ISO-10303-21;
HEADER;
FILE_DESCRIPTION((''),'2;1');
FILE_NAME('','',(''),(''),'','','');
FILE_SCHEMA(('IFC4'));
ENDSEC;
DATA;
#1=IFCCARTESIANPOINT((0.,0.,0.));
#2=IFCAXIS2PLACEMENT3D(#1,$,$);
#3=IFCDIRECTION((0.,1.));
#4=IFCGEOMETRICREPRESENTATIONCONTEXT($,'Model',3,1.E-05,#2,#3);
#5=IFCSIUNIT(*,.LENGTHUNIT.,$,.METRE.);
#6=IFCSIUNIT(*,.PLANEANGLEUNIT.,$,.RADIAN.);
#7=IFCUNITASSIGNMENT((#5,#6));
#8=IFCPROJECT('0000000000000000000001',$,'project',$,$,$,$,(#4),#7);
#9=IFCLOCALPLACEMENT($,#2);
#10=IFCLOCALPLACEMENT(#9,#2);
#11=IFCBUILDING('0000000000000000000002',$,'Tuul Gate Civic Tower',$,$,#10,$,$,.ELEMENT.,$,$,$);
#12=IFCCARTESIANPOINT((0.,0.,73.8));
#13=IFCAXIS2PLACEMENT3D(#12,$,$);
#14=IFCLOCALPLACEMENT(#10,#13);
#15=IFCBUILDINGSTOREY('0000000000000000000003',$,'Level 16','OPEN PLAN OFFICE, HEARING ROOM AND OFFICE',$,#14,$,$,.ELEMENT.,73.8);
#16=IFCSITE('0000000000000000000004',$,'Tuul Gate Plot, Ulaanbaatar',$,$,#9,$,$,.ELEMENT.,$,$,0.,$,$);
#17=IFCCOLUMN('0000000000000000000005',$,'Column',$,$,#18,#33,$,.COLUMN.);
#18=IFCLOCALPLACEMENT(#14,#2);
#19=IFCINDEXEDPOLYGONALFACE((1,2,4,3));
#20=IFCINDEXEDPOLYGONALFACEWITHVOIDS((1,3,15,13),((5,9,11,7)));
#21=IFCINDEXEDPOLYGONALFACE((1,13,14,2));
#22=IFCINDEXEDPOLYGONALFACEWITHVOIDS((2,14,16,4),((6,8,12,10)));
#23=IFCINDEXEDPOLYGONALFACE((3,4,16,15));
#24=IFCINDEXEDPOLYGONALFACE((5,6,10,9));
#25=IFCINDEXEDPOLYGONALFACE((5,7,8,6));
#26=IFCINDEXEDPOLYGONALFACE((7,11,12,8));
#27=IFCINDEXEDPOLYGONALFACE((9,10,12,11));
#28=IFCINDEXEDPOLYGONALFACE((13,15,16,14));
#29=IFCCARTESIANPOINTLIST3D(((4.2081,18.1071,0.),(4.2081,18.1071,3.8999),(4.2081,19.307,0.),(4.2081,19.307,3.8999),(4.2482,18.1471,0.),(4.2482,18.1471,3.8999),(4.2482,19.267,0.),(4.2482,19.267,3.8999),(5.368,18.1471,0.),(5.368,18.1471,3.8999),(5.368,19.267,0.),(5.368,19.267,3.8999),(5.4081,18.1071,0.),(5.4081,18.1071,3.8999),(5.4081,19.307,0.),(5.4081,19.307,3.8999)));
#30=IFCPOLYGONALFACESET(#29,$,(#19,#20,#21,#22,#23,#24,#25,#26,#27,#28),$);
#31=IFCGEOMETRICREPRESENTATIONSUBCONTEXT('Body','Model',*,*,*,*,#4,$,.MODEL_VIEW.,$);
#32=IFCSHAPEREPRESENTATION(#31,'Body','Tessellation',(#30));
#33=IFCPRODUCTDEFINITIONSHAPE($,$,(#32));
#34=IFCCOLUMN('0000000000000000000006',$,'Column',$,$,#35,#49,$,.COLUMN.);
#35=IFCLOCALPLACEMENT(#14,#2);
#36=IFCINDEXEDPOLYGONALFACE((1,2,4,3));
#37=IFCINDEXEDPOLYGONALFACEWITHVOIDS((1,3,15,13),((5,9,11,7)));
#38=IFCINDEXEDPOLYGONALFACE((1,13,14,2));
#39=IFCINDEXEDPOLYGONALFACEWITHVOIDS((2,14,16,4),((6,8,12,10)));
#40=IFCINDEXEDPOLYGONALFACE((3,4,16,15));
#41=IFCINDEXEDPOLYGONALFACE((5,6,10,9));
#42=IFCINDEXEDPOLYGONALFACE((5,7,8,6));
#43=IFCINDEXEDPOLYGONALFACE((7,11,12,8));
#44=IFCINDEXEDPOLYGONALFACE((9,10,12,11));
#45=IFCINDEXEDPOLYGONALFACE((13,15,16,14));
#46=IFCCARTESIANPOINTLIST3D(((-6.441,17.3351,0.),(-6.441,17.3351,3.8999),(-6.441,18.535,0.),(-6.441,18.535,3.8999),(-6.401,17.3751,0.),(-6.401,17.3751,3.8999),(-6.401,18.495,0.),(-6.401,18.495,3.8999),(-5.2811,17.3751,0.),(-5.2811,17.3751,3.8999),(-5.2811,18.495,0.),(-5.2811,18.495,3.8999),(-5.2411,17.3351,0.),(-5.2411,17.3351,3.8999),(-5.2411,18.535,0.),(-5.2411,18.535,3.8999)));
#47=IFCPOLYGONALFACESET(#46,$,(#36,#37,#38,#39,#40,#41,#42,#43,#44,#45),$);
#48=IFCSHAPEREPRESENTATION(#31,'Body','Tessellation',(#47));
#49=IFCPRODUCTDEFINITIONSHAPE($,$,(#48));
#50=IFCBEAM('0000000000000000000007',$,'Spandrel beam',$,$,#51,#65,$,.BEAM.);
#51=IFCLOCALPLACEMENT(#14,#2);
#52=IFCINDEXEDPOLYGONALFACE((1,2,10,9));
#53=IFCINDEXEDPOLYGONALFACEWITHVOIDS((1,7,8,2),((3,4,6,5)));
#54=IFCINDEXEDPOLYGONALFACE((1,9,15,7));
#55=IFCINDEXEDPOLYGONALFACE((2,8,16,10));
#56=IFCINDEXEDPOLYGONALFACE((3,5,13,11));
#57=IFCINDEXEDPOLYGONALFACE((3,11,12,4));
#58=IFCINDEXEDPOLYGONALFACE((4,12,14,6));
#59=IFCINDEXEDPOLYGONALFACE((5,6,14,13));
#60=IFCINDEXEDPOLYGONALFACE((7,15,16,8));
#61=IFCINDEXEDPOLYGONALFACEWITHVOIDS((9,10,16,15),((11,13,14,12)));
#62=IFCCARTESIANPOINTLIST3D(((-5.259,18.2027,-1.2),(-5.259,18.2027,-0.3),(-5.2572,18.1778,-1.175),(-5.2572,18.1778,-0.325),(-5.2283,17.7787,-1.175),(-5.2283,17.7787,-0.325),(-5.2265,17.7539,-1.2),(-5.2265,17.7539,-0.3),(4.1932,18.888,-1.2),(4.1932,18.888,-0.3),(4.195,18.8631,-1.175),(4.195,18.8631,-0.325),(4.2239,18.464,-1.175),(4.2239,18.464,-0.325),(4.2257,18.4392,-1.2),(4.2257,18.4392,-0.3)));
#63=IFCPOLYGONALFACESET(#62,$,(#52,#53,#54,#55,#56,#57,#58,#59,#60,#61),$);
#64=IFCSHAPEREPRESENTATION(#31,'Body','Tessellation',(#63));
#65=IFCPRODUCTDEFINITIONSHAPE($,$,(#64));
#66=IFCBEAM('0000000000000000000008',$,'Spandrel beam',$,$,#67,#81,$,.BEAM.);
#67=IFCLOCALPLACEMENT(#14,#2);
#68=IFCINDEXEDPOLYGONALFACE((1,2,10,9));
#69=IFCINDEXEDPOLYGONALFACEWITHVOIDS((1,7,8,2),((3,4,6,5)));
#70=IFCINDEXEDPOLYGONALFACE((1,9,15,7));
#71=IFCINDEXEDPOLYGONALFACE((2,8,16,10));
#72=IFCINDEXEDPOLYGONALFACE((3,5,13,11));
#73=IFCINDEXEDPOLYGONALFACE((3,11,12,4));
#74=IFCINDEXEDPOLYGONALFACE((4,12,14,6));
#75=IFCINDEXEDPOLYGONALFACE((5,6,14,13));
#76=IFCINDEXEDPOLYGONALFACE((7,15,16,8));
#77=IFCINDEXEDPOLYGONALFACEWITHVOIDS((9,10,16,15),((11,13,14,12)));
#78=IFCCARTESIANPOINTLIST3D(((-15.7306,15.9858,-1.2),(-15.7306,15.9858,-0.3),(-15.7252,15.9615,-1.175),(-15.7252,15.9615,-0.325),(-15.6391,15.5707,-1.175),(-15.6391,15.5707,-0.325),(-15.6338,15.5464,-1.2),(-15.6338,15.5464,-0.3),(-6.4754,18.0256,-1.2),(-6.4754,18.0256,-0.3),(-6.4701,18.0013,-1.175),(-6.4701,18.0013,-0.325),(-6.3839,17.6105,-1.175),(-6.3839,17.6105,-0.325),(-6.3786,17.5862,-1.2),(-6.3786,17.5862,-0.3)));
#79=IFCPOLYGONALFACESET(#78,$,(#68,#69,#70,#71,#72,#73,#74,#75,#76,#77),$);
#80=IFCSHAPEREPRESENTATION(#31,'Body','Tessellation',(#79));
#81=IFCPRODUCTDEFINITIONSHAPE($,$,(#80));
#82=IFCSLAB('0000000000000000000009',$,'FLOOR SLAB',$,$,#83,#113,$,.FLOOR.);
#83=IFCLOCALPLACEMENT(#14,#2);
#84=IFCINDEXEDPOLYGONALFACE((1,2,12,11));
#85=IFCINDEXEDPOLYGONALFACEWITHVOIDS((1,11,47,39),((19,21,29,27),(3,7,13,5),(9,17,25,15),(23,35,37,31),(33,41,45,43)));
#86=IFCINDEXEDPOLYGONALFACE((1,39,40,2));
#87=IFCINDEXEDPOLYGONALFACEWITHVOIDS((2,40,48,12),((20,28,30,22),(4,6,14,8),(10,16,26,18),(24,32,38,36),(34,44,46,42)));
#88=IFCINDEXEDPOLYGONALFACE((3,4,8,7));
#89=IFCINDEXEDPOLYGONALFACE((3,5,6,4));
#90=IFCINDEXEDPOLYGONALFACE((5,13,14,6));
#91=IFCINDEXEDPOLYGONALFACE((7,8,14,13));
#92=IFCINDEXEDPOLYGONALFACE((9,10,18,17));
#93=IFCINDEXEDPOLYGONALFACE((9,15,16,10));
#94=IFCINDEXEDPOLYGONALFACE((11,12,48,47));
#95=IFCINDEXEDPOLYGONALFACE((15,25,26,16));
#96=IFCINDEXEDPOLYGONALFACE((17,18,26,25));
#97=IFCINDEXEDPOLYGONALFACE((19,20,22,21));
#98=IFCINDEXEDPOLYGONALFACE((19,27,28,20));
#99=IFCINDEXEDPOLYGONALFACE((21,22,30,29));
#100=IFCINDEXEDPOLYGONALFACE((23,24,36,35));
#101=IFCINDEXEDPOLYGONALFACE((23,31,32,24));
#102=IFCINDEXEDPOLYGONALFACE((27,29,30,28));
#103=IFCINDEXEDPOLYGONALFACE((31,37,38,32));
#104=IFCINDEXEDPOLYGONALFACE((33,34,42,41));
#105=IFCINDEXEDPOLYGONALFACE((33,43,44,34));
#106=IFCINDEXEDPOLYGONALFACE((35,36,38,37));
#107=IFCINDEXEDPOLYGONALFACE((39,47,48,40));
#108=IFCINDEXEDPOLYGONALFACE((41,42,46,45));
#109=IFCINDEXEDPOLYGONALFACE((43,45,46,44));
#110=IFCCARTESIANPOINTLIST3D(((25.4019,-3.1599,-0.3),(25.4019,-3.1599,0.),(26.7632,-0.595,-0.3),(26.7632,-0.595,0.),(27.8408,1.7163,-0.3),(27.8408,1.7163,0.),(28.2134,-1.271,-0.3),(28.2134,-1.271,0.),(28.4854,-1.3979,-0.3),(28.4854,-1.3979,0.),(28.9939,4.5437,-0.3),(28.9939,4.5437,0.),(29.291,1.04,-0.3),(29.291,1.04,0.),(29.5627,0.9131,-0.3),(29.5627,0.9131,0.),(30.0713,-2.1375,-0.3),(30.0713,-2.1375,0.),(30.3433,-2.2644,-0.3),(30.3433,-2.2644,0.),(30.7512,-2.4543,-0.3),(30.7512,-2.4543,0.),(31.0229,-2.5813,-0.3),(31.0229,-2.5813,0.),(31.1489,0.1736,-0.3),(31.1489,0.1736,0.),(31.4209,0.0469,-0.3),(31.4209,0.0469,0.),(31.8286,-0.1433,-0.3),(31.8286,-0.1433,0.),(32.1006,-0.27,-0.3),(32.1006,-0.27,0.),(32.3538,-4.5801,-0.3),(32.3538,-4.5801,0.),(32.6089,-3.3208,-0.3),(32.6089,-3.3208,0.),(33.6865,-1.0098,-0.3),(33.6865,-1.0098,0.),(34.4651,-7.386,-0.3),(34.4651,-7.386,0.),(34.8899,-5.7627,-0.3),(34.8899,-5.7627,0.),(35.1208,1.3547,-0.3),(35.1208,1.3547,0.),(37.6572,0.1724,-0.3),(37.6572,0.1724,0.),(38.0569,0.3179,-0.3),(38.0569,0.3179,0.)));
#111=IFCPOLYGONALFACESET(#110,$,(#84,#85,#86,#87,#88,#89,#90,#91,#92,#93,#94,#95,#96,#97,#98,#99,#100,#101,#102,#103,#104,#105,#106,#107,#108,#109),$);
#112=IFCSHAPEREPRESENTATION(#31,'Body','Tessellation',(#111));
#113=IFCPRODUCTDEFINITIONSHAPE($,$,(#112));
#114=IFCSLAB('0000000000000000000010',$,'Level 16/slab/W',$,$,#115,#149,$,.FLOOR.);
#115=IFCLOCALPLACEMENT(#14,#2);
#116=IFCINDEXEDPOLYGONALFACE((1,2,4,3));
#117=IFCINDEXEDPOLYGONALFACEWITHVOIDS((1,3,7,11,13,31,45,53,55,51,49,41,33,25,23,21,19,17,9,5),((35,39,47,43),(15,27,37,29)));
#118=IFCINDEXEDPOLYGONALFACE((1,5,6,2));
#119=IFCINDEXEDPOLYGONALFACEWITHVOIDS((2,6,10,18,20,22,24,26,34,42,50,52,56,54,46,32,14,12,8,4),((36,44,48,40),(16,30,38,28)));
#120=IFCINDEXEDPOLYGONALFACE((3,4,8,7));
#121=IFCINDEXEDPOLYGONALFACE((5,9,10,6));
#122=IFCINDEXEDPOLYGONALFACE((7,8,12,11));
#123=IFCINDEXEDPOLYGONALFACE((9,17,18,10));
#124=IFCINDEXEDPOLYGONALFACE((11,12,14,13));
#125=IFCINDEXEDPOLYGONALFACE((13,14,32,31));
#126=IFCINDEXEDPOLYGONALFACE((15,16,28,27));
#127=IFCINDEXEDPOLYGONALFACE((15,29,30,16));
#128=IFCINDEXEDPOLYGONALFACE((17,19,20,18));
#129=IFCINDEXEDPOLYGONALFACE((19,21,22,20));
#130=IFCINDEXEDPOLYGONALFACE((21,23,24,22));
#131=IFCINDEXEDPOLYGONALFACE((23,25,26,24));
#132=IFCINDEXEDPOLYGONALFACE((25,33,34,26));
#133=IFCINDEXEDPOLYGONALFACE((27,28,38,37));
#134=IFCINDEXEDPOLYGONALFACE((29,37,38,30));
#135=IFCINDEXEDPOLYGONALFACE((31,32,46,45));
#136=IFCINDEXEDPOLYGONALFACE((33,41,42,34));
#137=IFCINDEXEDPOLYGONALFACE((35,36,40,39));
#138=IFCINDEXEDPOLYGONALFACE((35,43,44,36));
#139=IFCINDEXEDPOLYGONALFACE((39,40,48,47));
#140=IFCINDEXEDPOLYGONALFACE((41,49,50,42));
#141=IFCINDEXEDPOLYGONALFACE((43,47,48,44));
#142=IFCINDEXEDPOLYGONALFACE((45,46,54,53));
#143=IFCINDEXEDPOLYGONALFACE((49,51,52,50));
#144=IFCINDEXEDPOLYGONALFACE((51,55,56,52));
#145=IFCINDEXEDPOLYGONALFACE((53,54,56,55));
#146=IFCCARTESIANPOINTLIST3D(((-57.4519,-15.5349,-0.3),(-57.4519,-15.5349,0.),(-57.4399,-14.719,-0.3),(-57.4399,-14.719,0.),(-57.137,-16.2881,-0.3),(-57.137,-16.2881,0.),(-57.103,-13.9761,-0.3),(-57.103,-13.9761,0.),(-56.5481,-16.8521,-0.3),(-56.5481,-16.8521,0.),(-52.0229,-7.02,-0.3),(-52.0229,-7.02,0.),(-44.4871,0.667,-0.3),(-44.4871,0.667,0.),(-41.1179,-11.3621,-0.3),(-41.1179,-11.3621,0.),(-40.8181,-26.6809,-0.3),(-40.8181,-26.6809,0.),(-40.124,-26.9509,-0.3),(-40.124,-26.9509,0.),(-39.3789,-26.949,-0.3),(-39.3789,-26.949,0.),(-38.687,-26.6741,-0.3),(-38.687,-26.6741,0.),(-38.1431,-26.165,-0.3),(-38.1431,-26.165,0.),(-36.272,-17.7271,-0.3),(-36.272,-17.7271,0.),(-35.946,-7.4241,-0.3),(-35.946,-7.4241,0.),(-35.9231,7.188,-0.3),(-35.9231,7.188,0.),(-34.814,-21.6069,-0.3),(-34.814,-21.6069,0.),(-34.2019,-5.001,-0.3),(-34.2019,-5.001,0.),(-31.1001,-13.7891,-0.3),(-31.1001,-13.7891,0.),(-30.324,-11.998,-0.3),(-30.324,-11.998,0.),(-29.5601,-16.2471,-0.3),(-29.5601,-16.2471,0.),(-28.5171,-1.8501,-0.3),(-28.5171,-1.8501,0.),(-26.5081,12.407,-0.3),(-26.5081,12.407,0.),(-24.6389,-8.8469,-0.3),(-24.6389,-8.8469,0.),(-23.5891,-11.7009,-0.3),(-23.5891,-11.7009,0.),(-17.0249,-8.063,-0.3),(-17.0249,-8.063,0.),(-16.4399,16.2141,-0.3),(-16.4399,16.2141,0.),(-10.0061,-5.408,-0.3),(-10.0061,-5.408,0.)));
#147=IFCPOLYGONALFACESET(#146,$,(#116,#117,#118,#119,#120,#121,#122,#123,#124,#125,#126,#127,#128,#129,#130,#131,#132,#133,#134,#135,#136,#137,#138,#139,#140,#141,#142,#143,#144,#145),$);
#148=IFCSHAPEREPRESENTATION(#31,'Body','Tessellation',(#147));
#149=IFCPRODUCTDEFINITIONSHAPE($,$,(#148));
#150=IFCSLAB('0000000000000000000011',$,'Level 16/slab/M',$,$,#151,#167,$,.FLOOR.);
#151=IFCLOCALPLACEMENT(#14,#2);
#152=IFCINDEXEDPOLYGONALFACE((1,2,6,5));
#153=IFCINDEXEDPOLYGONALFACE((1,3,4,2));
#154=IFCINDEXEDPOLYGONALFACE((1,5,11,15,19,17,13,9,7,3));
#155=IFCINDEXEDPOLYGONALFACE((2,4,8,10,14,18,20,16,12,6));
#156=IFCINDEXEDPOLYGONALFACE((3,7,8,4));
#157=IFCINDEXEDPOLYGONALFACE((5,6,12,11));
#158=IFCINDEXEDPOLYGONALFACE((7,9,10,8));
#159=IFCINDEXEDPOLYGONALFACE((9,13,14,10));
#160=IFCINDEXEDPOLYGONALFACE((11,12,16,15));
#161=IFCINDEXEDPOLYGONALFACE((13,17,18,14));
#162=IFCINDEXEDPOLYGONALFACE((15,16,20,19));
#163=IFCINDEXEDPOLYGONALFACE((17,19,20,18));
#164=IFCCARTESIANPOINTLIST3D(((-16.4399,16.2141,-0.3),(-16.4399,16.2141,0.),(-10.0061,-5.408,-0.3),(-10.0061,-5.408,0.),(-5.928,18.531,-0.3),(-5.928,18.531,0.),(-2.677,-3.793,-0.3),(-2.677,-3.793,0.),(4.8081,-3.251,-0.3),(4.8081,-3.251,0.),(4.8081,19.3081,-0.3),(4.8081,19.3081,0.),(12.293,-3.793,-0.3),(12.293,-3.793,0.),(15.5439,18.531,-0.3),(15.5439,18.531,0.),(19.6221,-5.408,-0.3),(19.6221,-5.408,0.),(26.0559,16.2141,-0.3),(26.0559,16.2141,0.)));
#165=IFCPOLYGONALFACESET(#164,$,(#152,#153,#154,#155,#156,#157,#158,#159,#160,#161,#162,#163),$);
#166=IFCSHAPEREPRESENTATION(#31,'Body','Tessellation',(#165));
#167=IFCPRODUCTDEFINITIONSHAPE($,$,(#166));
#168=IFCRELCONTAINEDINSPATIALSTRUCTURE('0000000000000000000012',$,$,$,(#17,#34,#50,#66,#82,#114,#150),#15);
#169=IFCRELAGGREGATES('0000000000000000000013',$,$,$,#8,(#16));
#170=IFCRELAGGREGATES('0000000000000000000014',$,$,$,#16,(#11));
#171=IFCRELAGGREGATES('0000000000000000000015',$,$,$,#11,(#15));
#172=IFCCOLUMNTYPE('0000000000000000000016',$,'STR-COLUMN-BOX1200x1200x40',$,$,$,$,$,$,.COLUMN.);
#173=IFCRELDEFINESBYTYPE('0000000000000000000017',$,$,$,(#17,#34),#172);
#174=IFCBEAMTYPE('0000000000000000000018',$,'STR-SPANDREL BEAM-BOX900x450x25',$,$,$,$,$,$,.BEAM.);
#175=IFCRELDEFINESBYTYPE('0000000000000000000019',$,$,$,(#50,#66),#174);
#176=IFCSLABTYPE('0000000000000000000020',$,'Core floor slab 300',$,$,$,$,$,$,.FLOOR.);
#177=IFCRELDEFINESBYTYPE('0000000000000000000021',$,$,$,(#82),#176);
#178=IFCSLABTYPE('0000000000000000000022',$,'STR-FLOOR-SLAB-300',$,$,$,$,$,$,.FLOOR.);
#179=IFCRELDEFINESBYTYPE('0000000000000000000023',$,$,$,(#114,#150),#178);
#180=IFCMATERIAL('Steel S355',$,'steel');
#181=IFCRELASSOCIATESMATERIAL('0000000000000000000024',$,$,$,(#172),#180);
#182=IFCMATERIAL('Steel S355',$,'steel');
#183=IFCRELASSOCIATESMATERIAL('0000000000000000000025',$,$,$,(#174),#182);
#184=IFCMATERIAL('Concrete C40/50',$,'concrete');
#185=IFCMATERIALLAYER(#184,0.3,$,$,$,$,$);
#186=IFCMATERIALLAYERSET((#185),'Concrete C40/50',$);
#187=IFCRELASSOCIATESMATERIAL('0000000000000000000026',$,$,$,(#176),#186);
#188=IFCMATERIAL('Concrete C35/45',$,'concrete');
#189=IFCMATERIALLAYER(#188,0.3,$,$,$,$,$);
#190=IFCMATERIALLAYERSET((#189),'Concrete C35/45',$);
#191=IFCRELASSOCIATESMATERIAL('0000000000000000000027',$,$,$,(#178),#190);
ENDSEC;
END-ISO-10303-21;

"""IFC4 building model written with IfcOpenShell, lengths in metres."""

from ifc_helpers import new_model, si_unit, direction, frame, origin, origin_2d, place, context, subcontext, project, spatial, polyline, hollow_rectangle, outline, extrude, material, layer, layer_set, material_profile, profile_set, type_object, element, save


model = new_model("IFC4")

# Units and contexts
model_context = context("Model", 3, precision=1e-05, world=origin(), true_north=direction((0.0, 1.0)))
body_context = subcontext(model_context, "Body", "Model", "MODEL_VIEW")
ifc_project = project(units=[si_unit("LENGTHUNIT", "METRE"), si_unit("PLANEANGLEUNIT", "RADIAN")], contexts=[model_context])

# Site, building, storey
site_placement = place(None, origin())
site = spatial("IfcSite", under=ifc_project, at=site_placement, Name="Tuul Gate Plot, Ulaanbaatar", CompositionType="ELEMENT", RefElevation=0.0)
building_placement = place(site_placement, origin())
building = spatial("IfcBuilding", under=site, at=building_placement, Name="Tuul Gate Civic Tower", CompositionType="ELEMENT")
storey_placement = place(building_placement, frame((0.0, 0.0, 73.8)))
storey = spatial("IfcBuildingStorey", under=building, at=storey_placement, Name="Level 16", Description="OPEN PLAN OFFICE, HEARING ROOM AND OFFICE", CompositionType="ELEMENT", Elevation=73.8)

# Columns
ifc_material_1 = material(Name="Steel S355", Category="steel")
ifc_material_profile_1 = material_profile(ifc_material_1, hollow_rectangle(XDim=1.2, YDim=1.2, WallThickness=0.04, at=origin_2d()), Name="BOX1200x1200x40")
ifc_profile_set_1 = profile_set([ifc_material_profile_1], Name="Steel S355")
column_type = type_object("IfcColumnType", Name="STR-COLUMN-BOX1200x1200x40", PredefinedType="COLUMN", material=ifc_profile_set_1)
for number, where, z_axis, x_axis, name in (
    (1, (4.8081, 18.707, 0.0), (0.0, 0.0, 1.0), (1.0, 0.0, 0.0), "Column"),
    (2, (-5.8411, 17.9351, 0.0), (0.0, 0.0, 1.0), (1.0, 0.0, 0.0), "Column"),
):
    element("IfcColumn", number, at=place(storey_placement, frame(where, z_axis=z_axis, x_axis=x_axis)), inside=storey, type_object=column_type, Name=name, PredefinedType="COLUMN", context=body_context, shape_type="SweptSolid", body=[
        extrude(hollow_rectangle(XDim=1.2, YDim=1.2, WallThickness=0.04, at=origin_2d()), origin(), (0.0, 0.0, 1.0), 3.8999),
    ])

# Beams
ifc_material_2 = material(Name="Steel S355", Category="steel")
ifc_material_profile_2 = material_profile(ifc_material_2, hollow_rectangle(XDim=0.45, YDim=0.8999, WallThickness=0.0249, at=origin_2d()), Name="BOX900x450x25")
ifc_profile_set_2 = profile_set([ifc_material_profile_2], Name="Steel S355")
beam_type = type_object("IfcBeamType", Name="STR-SPANDREL BEAM-BOX900x450x25", PredefinedType="BEAM", material=ifc_profile_set_2)
beam_1_placement = place(storey_placement, frame((4.2095, 18.6636, -0.75), z_axis=(-0.997382, -0.072313, 0.0), x_axis=(0.072313, -0.997382, 0.0)))
element("IfcBeam", 3, at=beam_1_placement, inside=storey, type_object=beam_type, Name="Spandrel beam", PredefinedType="BEAM", context=body_context, shape_type="SweptSolid", body=[
    extrude(hollow_rectangle(XDim=0.45, YDim=0.8999, WallThickness=0.0249, at=origin_2d()), origin(), (0.0, 0.0, 1.0), 9.4771),
])
beam_2_placement = place(storey_placement, frame((-6.427, 17.8059, -0.75), z_axis=(-0.976563, -0.215231, 0.0), x_axis=(0.215231, -0.976563, 0.0)))
element("IfcBeam", 4, at=beam_2_placement, inside=storey, type_object=beam_type, Name="Spandrel beam", PredefinedType="BEAM", context=body_context, shape_type="SweptSolid", body=[
    extrude(hollow_rectangle(XDim=0.45, YDim=0.8999, WallThickness=0.0249, at=origin_2d()), origin(), (0.0, 0.0, 1.0), 9.4773),
])

# Slabs
ifc_material_3 = material(Name="Concrete C40/50", Category="concrete")
ifc_layer_1 = layer(ifc_material_3, 0.3)
ifc_layer_set_1 = layer_set([ifc_layer_1], Name="Concrete C40/50")
slab_type_1 = type_object("IfcSlabType", Name="Core floor slab 300", PredefinedType="FLOOR", material=ifc_layer_set_1)
slab_1_placement = place(storey_placement, frame((0.0, 0.0, -0.3)))
element("IfcSlab", 5, at=slab_1_placement, inside=storey, type_object=slab_type_1, Name="FLOOR SLAB", PredefinedType="FLOOR", context=body_context, shape_type="SweptSolid", body=[
    extrude(outline(polyline([(34.4651, -7.386), (38.0569, 0.3179), (28.9939, 4.5437), (25.4019, -3.1599), (34.4651, -7.386)]), holes=[polyline([(32.6089, -3.3208), (33.6865, -1.0098), (32.1006, -0.27), (31.0229, -2.5813), (32.6089, -3.3208)]), polyline([(30.0713, -2.1375), (31.1489, 0.1736), (29.5627, 0.9131), (28.4854, -1.3979), (30.0713, -2.1375)]), polyline([(30.7512, -2.4543), (31.8286, -0.1433), (31.4209, 0.0469), (30.3433, -2.2644), (30.7512, -2.4543)]), polyline([(28.2134, -1.271), (29.291, 1.04), (27.8408, 1.7163), (26.7632, -0.595), (28.2134, -1.271)]), polyline([(34.8899, -5.7627), (32.3538, -4.5801), (35.1208, 1.3547), (37.6572, 0.1724), (34.8899, -5.7627)])]), origin(), (0.0, 0.0, 1.0), 0.3),
])
ifc_material_4 = material(Name="Concrete C35/45", Category="concrete")
ifc_layer_2 = layer(ifc_material_4, 0.3)
ifc_layer_set_2 = layer_set([ifc_layer_2], Name="Concrete C35/45")
slab_type_2 = type_object("IfcSlabType", Name="STR-FLOOR-SLAB-300", PredefinedType="FLOOR", material=ifc_layer_set_2)
slab_2_placement = place(storey_placement, frame((0.0, 0.0, -0.3)))
element("IfcSlab", 6, at=slab_2_placement, inside=storey, type_object=slab_type_2, Name="Level 16/slab/W", PredefinedType="FLOOR", context=body_context, shape_type="SweptSolid", body=[
    extrude(outline(polyline([(-10.0061, -5.408), (-16.4399, 16.2141), (-26.5081, 12.407), (-35.9231, 7.188), (-44.4871, 0.667), (-52.0229, -7.02), (-57.103, -13.9761), (-57.4399, -14.719), (-57.4519, -15.5349), (-57.137, -16.2881), (-56.5481, -16.8521), (-40.8181, -26.6809), (-40.124, -26.9509), (-39.3789, -26.949), (-38.687, -26.6741), (-38.1431, -26.165), (-34.814, -21.6069), (-29.5601, -16.2471), (-23.5891, -11.7009), (-17.0249, -8.063), (-10.0061, -5.408)]), holes=[polyline([(-31.1001, -13.7891), (-36.272, -17.7271), (-41.1179, -11.3621), (-35.946, -7.4241), (-31.1001, -13.7891)]), polyline([(-24.6389, -8.8469), (-30.324, -11.998), (-34.2019, -5.001), (-28.5171, -1.8501), (-24.6389, -8.8469)])]), origin(), (0.0, 0.0, 1.0), 0.3),
])
slab_3_placement = place(storey_placement, frame((0.0, 0.0, -0.3)))
element("IfcSlab", 7, at=slab_3_placement, inside=storey, type_object=slab_type_2, Name="Level 16/slab/M", PredefinedType="FLOOR", context=body_context, shape_type="SweptSolid", body=[
    extrude(outline(polyline([(19.6221, -5.408), (26.0559, 16.2141), (15.5439, 18.531), (4.8081, 19.3081), (-5.928, 18.531), (-16.4399, 16.2141), (-10.0061, -5.408), (-2.677, -3.793), (4.8081, -3.251), (12.293, -3.793), (19.6221, -5.408)])), origin(), (0.0, 0.0, 1.0), 0.3),
])

save(model, "model.ifc")
